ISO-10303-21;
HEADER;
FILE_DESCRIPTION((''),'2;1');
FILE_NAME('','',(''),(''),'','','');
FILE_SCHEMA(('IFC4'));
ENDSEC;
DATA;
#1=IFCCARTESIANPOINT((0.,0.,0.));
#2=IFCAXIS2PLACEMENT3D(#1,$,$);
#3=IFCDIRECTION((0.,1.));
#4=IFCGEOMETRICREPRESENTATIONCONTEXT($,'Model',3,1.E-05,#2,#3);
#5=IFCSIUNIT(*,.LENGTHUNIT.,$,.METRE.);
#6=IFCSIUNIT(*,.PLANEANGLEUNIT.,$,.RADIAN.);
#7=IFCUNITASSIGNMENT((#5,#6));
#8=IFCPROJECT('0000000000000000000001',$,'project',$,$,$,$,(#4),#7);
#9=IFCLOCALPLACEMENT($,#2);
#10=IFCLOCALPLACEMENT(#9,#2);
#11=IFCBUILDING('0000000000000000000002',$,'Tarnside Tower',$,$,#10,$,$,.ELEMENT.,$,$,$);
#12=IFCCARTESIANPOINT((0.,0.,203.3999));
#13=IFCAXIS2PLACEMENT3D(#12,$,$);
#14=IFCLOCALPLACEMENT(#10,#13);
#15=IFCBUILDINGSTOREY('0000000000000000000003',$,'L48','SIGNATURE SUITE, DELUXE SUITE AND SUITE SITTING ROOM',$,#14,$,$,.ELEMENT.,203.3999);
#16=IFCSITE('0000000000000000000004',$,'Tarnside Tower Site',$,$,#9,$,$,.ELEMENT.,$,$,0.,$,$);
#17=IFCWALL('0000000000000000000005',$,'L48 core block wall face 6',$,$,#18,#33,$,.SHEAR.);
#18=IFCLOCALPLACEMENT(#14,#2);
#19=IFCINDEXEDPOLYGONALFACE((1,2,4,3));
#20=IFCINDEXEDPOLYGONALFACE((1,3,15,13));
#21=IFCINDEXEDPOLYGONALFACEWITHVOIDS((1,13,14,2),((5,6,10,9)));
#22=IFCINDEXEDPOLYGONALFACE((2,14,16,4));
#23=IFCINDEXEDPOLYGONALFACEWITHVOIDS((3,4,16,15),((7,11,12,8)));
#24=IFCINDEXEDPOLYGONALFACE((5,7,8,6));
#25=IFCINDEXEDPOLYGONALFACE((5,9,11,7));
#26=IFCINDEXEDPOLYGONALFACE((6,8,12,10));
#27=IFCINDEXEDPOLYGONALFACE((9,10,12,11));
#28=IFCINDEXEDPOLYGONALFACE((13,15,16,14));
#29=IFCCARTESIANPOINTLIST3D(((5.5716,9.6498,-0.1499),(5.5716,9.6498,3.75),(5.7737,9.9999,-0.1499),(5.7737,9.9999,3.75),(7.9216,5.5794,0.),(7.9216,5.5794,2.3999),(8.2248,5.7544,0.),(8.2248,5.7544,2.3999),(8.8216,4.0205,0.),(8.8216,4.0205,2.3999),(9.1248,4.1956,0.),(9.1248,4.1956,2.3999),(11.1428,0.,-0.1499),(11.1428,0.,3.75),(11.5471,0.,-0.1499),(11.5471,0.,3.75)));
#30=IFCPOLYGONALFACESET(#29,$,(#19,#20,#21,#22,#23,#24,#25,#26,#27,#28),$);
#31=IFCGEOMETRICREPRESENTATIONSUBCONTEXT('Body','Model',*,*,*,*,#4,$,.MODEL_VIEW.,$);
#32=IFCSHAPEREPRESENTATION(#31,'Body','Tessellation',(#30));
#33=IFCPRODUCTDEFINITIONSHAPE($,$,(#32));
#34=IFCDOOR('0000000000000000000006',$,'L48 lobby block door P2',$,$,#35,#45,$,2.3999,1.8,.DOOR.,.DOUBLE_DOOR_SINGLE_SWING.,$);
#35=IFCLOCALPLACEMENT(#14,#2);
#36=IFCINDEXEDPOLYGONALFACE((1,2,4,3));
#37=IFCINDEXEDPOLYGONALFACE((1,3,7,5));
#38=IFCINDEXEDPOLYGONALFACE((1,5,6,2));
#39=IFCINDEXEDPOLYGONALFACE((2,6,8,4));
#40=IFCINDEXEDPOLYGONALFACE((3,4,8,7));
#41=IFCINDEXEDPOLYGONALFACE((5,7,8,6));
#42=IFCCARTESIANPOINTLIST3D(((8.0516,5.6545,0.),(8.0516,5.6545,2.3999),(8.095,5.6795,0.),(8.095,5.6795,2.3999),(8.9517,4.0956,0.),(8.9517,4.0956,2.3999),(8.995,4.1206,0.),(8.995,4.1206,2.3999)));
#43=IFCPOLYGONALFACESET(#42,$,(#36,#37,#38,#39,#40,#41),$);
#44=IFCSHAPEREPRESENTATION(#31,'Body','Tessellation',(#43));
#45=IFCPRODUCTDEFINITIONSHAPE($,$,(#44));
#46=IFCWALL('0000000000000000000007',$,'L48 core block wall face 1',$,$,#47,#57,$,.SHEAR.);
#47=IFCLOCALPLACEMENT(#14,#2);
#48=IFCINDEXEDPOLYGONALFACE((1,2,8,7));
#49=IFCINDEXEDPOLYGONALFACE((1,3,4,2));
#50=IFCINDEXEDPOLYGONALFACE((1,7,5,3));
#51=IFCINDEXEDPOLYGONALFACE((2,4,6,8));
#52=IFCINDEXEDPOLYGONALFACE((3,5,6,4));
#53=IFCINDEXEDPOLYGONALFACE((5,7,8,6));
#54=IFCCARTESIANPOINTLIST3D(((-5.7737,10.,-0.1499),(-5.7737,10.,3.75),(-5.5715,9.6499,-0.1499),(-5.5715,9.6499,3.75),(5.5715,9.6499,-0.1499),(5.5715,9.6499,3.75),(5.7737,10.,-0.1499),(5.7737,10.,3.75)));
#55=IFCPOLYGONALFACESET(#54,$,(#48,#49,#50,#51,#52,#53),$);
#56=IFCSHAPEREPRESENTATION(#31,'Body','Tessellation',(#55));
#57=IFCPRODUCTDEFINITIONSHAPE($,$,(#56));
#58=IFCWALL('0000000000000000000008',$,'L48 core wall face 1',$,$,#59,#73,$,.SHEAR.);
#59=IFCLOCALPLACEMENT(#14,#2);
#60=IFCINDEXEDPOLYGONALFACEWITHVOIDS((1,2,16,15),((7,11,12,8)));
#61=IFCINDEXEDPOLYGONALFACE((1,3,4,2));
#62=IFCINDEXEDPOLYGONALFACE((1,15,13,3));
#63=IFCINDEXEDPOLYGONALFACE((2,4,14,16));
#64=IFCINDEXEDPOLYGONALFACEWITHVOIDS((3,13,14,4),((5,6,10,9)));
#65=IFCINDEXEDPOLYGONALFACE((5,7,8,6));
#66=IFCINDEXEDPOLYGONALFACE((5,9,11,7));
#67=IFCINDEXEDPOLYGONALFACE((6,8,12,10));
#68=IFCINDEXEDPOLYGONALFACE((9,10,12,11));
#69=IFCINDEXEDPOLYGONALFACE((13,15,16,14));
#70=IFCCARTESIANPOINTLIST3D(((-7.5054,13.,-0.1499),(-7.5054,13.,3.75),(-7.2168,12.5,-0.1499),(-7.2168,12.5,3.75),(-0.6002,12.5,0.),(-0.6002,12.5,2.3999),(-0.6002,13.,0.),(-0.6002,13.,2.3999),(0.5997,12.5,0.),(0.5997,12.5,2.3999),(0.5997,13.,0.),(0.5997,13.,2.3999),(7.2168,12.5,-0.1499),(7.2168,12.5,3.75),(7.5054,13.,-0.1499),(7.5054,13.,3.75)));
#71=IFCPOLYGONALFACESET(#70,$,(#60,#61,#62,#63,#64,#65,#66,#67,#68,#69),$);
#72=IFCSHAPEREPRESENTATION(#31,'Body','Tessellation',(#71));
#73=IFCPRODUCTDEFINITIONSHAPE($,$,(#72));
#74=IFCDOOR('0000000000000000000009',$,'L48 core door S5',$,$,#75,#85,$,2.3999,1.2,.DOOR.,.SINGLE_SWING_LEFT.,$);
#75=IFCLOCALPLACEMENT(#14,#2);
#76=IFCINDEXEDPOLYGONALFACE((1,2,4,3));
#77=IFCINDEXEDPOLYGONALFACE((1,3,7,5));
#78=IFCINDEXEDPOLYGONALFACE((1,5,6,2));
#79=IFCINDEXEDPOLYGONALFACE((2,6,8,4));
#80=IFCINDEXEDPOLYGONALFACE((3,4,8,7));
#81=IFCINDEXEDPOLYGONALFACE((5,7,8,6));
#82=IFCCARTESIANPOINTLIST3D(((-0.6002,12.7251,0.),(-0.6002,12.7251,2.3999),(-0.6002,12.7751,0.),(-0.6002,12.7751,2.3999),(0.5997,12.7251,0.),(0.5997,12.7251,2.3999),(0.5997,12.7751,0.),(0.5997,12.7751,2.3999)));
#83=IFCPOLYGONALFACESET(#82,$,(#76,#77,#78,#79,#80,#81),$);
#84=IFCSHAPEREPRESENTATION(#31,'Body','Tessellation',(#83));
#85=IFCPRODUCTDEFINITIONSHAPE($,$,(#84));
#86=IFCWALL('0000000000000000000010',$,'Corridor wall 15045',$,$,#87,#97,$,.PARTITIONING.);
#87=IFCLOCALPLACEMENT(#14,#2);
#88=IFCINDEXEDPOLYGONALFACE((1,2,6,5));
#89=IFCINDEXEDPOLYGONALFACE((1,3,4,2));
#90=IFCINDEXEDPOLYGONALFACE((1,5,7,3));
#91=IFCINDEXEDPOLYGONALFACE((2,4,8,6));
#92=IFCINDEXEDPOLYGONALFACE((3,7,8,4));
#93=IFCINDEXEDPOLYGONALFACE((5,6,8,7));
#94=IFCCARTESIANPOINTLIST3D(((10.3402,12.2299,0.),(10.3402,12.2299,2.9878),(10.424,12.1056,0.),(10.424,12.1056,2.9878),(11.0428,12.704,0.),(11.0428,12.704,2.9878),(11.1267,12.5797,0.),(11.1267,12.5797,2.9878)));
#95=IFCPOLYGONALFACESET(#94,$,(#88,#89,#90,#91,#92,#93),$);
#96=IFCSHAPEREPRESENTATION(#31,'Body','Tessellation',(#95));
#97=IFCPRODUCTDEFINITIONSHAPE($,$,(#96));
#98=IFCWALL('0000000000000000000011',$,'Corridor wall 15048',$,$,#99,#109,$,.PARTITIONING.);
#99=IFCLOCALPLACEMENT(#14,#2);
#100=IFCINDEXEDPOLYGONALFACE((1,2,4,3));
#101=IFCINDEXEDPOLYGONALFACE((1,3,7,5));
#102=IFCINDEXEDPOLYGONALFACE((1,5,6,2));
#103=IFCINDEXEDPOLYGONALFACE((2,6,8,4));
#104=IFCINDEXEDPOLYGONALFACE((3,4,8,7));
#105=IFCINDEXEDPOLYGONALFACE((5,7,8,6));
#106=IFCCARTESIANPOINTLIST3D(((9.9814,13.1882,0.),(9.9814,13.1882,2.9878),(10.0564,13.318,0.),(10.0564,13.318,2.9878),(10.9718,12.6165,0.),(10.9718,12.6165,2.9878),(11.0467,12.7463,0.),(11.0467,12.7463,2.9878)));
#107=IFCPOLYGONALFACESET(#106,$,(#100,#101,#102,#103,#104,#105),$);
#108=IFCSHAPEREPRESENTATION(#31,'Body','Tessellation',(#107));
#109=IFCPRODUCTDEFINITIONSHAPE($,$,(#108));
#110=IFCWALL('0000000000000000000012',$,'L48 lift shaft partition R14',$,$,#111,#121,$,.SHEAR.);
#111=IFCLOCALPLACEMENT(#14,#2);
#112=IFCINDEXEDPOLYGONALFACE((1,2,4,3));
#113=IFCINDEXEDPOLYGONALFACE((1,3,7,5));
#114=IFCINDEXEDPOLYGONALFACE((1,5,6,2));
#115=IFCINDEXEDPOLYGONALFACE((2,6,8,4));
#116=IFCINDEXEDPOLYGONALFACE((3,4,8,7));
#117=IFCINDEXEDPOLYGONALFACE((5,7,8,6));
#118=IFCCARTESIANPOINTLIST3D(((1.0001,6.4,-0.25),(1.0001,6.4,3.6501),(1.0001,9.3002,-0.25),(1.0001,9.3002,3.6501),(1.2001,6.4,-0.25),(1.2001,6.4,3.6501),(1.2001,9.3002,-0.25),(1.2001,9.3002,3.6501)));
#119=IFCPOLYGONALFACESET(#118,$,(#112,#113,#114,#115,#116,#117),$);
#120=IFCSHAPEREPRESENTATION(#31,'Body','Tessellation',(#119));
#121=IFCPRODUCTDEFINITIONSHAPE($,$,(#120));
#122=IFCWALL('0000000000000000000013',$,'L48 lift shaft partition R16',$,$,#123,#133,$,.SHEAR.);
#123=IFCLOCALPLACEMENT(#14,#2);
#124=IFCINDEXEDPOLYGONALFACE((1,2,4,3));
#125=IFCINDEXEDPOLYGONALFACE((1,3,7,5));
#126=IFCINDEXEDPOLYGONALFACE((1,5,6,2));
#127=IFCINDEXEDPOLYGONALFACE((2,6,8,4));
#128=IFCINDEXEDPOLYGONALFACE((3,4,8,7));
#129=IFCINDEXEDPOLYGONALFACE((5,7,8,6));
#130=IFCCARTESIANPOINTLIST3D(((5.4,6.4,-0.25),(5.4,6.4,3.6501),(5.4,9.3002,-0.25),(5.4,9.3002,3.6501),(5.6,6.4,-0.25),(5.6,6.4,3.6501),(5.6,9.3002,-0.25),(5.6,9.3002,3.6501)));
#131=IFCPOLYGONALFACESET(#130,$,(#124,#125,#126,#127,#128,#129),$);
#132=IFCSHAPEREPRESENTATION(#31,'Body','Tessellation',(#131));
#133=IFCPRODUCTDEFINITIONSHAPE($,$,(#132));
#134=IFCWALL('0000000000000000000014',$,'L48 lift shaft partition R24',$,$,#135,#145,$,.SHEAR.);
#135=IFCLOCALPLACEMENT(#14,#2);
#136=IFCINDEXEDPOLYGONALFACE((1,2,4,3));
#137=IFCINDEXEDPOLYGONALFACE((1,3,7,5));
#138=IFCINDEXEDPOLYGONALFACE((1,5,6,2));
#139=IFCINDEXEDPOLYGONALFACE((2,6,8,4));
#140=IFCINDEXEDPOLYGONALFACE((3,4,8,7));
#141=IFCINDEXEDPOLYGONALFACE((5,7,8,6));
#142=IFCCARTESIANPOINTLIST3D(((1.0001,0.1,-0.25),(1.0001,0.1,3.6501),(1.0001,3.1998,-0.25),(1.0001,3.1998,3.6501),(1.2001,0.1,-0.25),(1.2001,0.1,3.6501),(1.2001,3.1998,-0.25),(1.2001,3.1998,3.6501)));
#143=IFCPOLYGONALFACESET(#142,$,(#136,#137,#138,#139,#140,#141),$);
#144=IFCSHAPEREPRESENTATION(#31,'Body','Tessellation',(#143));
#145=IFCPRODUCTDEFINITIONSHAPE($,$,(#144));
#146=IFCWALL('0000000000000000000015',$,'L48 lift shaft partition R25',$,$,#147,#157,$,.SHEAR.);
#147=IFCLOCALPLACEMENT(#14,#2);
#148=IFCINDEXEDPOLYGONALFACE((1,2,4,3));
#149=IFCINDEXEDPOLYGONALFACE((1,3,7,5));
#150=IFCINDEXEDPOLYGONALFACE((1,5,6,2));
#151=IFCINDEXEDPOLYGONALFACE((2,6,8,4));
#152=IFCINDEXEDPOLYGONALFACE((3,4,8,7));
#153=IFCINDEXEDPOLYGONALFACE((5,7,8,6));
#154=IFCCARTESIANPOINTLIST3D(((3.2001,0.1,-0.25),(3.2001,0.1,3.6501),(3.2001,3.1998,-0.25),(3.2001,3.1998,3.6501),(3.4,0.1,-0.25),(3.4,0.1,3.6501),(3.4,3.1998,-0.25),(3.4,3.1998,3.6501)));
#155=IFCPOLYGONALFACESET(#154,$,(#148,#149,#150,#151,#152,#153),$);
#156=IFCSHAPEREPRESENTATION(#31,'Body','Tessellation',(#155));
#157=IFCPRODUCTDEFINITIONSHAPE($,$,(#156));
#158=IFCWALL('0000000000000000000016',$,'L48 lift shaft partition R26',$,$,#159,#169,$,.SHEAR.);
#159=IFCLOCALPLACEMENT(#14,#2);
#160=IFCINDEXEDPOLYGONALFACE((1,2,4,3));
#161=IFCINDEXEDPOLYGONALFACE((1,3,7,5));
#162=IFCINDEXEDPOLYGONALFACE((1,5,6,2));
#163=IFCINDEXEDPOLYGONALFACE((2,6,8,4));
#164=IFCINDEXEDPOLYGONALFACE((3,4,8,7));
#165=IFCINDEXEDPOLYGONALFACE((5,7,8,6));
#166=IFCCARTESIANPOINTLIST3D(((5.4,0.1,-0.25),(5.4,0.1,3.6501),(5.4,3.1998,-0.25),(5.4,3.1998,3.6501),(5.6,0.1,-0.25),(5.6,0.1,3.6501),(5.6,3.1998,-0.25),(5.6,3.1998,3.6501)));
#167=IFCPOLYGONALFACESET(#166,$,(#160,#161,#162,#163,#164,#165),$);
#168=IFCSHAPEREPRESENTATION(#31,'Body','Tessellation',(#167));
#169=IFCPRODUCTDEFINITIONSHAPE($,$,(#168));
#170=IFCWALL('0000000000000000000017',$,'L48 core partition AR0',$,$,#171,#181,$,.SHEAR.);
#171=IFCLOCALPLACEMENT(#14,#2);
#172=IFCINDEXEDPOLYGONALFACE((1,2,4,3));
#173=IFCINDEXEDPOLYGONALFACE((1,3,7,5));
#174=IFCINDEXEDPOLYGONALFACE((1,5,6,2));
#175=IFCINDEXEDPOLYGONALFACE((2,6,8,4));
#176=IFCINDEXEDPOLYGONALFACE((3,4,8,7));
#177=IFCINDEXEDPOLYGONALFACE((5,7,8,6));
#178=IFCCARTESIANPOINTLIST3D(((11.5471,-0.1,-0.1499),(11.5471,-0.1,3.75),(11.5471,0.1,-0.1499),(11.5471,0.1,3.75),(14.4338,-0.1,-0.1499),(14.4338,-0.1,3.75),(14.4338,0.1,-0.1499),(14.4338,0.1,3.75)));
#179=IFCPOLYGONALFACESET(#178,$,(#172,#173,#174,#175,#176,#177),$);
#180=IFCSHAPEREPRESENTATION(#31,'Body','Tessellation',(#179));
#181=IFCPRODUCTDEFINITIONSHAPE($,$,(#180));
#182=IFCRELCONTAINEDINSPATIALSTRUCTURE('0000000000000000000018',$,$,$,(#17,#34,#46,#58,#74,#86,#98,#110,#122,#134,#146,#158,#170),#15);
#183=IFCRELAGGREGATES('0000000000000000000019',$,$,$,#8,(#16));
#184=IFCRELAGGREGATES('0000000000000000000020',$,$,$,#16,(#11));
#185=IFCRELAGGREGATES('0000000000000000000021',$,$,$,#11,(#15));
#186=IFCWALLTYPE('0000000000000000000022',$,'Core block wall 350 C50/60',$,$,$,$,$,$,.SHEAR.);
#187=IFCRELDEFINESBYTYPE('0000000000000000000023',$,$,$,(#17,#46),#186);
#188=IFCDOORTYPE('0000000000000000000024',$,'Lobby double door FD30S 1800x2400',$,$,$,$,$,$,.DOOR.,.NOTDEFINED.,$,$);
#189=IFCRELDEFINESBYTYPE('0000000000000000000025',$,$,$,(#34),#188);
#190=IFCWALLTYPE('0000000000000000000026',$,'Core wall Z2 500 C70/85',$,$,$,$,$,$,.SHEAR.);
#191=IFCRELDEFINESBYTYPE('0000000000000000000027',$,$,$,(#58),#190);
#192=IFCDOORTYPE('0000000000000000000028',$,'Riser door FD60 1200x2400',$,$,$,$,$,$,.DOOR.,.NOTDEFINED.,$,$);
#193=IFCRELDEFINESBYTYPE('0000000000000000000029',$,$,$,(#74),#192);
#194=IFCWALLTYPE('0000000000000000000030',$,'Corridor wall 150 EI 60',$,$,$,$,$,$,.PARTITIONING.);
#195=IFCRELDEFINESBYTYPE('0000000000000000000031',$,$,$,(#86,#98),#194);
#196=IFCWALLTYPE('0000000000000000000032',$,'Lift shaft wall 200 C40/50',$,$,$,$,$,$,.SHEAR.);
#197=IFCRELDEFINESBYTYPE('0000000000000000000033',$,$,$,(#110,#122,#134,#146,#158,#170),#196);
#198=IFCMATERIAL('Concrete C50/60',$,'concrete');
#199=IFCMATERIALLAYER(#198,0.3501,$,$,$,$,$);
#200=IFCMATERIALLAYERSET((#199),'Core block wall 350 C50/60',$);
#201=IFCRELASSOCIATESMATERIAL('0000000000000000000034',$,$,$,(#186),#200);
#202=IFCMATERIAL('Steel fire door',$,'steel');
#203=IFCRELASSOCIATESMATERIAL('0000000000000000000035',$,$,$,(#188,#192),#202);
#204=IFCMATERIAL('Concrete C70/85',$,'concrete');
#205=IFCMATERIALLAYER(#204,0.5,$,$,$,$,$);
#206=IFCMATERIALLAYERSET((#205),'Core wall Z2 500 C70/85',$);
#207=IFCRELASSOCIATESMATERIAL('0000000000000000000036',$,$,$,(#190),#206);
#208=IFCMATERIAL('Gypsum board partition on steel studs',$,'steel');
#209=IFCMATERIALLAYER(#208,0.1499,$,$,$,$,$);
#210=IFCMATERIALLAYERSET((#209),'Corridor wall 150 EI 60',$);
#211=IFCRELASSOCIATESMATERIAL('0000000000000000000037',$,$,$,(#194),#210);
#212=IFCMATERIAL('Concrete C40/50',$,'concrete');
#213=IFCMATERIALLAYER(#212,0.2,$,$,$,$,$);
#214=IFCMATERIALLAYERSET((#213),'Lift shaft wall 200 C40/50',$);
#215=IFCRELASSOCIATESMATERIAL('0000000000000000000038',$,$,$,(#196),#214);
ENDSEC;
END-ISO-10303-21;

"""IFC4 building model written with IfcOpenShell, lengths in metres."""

from ifc_helpers import new_model, si_unit, direction, frame, frame_2d, origin, place, context, subcontext, project, spatial, polyline, rectangle, outline, extrude, material, layer, layer_set, type_object, element, fill, save


model = new_model("IFC4")

# Units and contexts
model_context = context("Model", 3, precision=1e-05, world=origin(), true_north=direction((0.0, 1.0)))
body_context = subcontext(model_context, "Body", "Model", "MODEL_VIEW")
ifc_project = project(units=[si_unit("LENGTHUNIT", "METRE"), si_unit("PLANEANGLEUNIT", "RADIAN")], contexts=[model_context])

# Site, building, storey
site_placement = place(None, origin())
site = spatial("IfcSite", under=ifc_project, at=site_placement, Name="Tarnside Tower Site", CompositionType="ELEMENT", RefElevation=0.0)
building_placement = place(site_placement, origin())
building = spatial("IfcBuilding", under=site, at=building_placement, Name="Tarnside Tower", CompositionType="ELEMENT")
storey_placement = place(building_placement, frame((0.0, 0.0, 203.3999)))
storey = spatial("IfcBuildingStorey", under=building, at=storey_placement, Name="L48", Description="SIGNATURE SUITE, DELUXE SUITE AND SUITE SITTING ROOM", CompositionType="ELEMENT", Elevation=203.3999)

# Wall, opening, door
ifc_material_1 = material(Name="Concrete C50/60", Category="concrete")
ifc_layer_1 = layer(ifc_material_1, 0.3501)
ifc_layer_set_1 = layer_set([ifc_layer_1], Name="Core block wall 350 C50/60")
wall_type_1 = type_object("IfcWallType", Name="Core block wall 350 C50/60", PredefinedType="SHEAR", material=ifc_layer_set_1)
wall_1_placement = place(storey_placement, frame((11.345, 0.0, -0.1499), z_axis=(0.0, 0.0, 1.0), x_axis=(-0.499995, 0.866028, 0.0)))
wall_1 = element("IfcWall", 1, at=wall_1_placement, inside=storey, type_object=wall_type_1, Name="L48 core block wall face 6", PredefinedType="SHEAR", context=body_context, shape_type="SweptSolid", body=[
    extrude(outline(polyline([(-0.1011, -0.175), (11.4458, -0.175), (11.2437, 0.175), (0.1011, 0.175), (-0.1011, -0.175)])), origin(), (0.0, 0.0, 1.0), 3.8999),
])
opening_1_placement = place(wall_1_placement, frame((4.7437, 0.0, 0.1499)))
opening_1 = element("IfcOpeningElement", 2, at=opening_1_placement, cuts=wall_1, PredefinedType="OPENING", context=body_context, shape_type="SweptSolid", body=[
    extrude(rectangle(XDim=1.8, YDim=2.3999, at=frame_2d((0.8999, 1.2))), frame((0.0, 0.1851, 0.0), z_axis=(0.0, -1.0, 0.0), x_axis=(1.0, 0.0, 0.0)), (0.0, 0.0, 1.0), 0.3701),
])
ifc_material_2 = material(Name="Steel fire door", Category="steel")
door_type_1 = type_object("IfcDoorType", Name="Lobby double door FD30S 1800x2400", OperationType="NOTDEFINED", PredefinedType="DOOR", material=ifc_material_2)
door_1_placement = place(opening_1_placement, origin())
door_1 = element("IfcDoor", 3, at=door_1_placement, inside=storey, type_object=door_type_1, Name="L48 lobby block door P2", OperationType="DOUBLE_DOOR_SINGLE_SWING", OverallHeight=2.3999, OverallWidth=1.8, PredefinedType="DOOR", context=body_context, shape_type="SweptSolid", body=[
    extrude(rectangle(XDim=1.8, YDim=2.3999, at=frame_2d((0.8999, 1.2))), frame((0.0, 0.0249, 0.0), z_axis=(0.0, -1.0, 0.0), x_axis=(1.0, 0.0, 0.0)), (0.0, 0.0, 1.0), 0.05),
])
fill(opening_1, door_1)

# Wall
wall_2_placement = place(storey_placement, frame((5.6726, 9.825, -0.1499), z_axis=(0.0, 0.0, 1.0), x_axis=(-1.0, 0.0, 0.0)))
element("IfcWall", 4, at=wall_2_placement, inside=storey, type_object=wall_type_1, Name="L48 core block wall face 1", PredefinedType="SHEAR", context=body_context, shape_type="SweptSolid", body=[
    extrude(outline(polyline([(-0.1011, -0.175), (11.4463, -0.175), (11.2441, 0.175), (0.1011, 0.175), (-0.1011, -0.175)])), origin(), (0.0, 0.0, 1.0), 3.8999),
])

# Wall, opening, door
ifc_material_3 = material(Name="Concrete C70/85", Category="concrete")
ifc_layer_2 = layer(ifc_material_3, 0.5)
ifc_layer_set_2 = layer_set([ifc_layer_2], Name="Core wall Z2 500 C70/85")
wall_type_2 = type_object("IfcWallType", Name="Core wall Z2 500 C70/85", PredefinedType="SHEAR", material=ifc_layer_set_2)
wall_3_placement = place(storey_placement, frame((7.3611, 12.75, -0.1499), z_axis=(0.0, 0.0, 1.0), x_axis=(-1.0, 0.0, 0.0)))
wall_3 = element("IfcWall", 5, at=wall_3_placement, inside=storey, type_object=wall_type_2, Name="L48 core wall face 1", PredefinedType="SHEAR", context=body_context, shape_type="SweptSolid", body=[
    extrude(outline(polyline([(-0.1443, -0.25), (14.8665, -0.25), (14.5779, 0.25), (0.1443, 0.25), (-0.1443, -0.25)])), origin(), (0.0, 0.0, 1.0), 3.8999),
])
opening_2_placement = place(wall_3_placement, frame((6.7612, 0.0, 0.1499)))
opening_2 = element("IfcOpeningElement", 6, at=opening_2_placement, cuts=wall_3, PredefinedType="OPENING", context=body_context, shape_type="SweptSolid", body=[
    extrude(rectangle(XDim=1.2, YDim=2.3999, at=frame_2d((0.6001, 1.2))), frame((0.0, 0.26, 0.0), z_axis=(0.0, -1.0, 0.0), x_axis=(1.0, 0.0, 0.0)), (0.0, 0.0, 1.0), 0.52),
])
door_type_2 = type_object("IfcDoorType", Name="Riser door FD60 1200x2400", OperationType="NOTDEFINED", PredefinedType="DOOR", material=ifc_material_2)
door_2_placement = place(opening_2_placement, origin())
door_2 = element("IfcDoor", 7, at=door_2_placement, inside=storey, type_object=door_type_2, Name="L48 core door S5", OperationType="SINGLE_SWING_LEFT", OverallHeight=2.3999, OverallWidth=1.2, PredefinedType="DOOR", context=body_context, shape_type="SweptSolid", body=[
    extrude(rectangle(XDim=1.2, YDim=2.3999, at=frame_2d((0.6001, 1.2))), frame((0.0, 0.0249, 0.0), z_axis=(0.0, -1.0, 0.0), x_axis=(1.0, 0.0, 0.0)), (0.0, 0.0, 1.0), 0.05),
])
fill(opening_2, door_2)

# Walls
ifc_material_4 = material(Name="Gypsum board partition on steel studs", Category="steel")
ifc_layer_3 = layer(ifc_material_4, 0.1499)
ifc_layer_set_3 = layer_set([ifc_layer_3], Name="Corridor wall 150 EI 60")
wall_type_3 = type_object("IfcWallType", Name="Corridor wall 150 EI 60", PredefinedType="PARTITIONING", material=ifc_layer_set_3)
wall_4_placement = place(storey_placement, frame((10.3821, 12.1677, 0.0), z_axis=(0.0, 0.0, 1.0), x_axis=(0.828935, 0.559344, 0.0)))
element("IfcWall", 8, at=wall_4_placement, inside=storey, type_object=wall_type_3, Name="Corridor wall 15045", PredefinedType="PARTITIONING", context=body_context, shape_type="SweptSolid", body=[
    extrude(rectangle(XDim=0.8477, YDim=0.1499, at=frame_2d((0.4238, 0.0))), origin(), (0.0, 0.0, 1.0), 2.9878),
])
wall_5_placement = place(storey_placement, frame((11.0093, 12.6814, 0.0), z_axis=(0.0, 0.0, 1.0), x_axis=(-0.866054, 0.49995, 0.0)))
element("IfcWall", 9, at=wall_5_placement, inside=storey, type_object=wall_type_3, Name="Corridor wall 15048", PredefinedType="PARTITIONING", context=body_context, shape_type="SweptSolid", body=[
    extrude(rectangle(XDim=1.1436, YDim=0.1499, at=frame_2d((0.5718, 0.0))), origin(), (0.0, 0.0, 1.0), 2.9878),
])
ifc_material_5 = material(Name="Concrete C40/50", Category="concrete")
ifc_layer_4 = layer(ifc_material_5, 0.2)
ifc_layer_set_4 = layer_set([ifc_layer_4], Name="Lift shaft wall 200 C40/50")
wall_type_4 = type_object("IfcWallType", Name="Lift shaft wall 200 C40/50", PredefinedType="SHEAR", material=ifc_layer_set_4)
for number, where, z_axis, x_axis, name in (
    (10, (1.1001, 6.3999, -0.25), (0.0, 0.0, 1.0), (0.0, 1.0, 0.0), "L48 lift shaft partition R14"),
    (11, (5.5, 6.3999, -0.25), (0.0, 0.0, 1.0), (0.0, 1.0, 0.0), "L48 lift shaft partition R16"),
):
    element("IfcWall", number, at=place(storey_placement, frame(where, z_axis=z_axis, x_axis=x_axis)), inside=storey, type_object=wall_type_4, Name=name, PredefinedType="SHEAR", context=body_context, shape_type="SweptSolid", body=[
        extrude(rectangle(XDim=2.9001, YDim=0.2, at=frame_2d((1.4502, 0.0))), origin(), (0.0, 0.0, 1.0), 3.9001),
    ])
for number, where, z_axis, x_axis, name in (
    (12, (1.1001, 0.1001, -0.25), (0.0, 0.0, 1.0), (0.0, 1.0, 0.0), "L48 lift shaft partition R24"),
    (13, (3.3, 0.1001, -0.25), (0.0, 0.0, 1.0), (0.0, 1.0, 0.0), "L48 lift shaft partition R25"),
    (14, (5.5, 0.1001, -0.25), (0.0, 0.0, 1.0), (0.0, 1.0, 0.0), "L48 lift shaft partition R26"),
):
    element("IfcWall", number, at=place(storey_placement, frame(where, z_axis=z_axis, x_axis=x_axis)), inside=storey, type_object=wall_type_4, Name=name, PredefinedType="SHEAR", context=body_context, shape_type="SweptSolid", body=[
        extrude(rectangle(XDim=3.0999, YDim=0.2, at=frame_2d((1.5498, 0.0))), origin(), (0.0, 0.0, 1.0), 3.9001),
    ])
for number, where, z_axis, x_axis, name in (
    (15, (11.5471, 0.0, -0.1499), (0.0, 0.0, 1.0), (1.0, 0.0, 0.0), "L48 core partition AR0"),
):
    element("IfcWall", number, at=place(storey_placement, frame(where, z_axis=z_axis, x_axis=x_axis)), inside=storey, type_object=wall_type_4, Name=name, PredefinedType="SHEAR", context=body_context, shape_type="SweptSolid", body=[
        extrude(rectangle(XDim=2.8867, YDim=0.2, at=frame_2d((1.4434, 0.0))), origin(), (0.0, 0.0, 1.0), 3.8999),
    ])

save(model, "model.ifc")
